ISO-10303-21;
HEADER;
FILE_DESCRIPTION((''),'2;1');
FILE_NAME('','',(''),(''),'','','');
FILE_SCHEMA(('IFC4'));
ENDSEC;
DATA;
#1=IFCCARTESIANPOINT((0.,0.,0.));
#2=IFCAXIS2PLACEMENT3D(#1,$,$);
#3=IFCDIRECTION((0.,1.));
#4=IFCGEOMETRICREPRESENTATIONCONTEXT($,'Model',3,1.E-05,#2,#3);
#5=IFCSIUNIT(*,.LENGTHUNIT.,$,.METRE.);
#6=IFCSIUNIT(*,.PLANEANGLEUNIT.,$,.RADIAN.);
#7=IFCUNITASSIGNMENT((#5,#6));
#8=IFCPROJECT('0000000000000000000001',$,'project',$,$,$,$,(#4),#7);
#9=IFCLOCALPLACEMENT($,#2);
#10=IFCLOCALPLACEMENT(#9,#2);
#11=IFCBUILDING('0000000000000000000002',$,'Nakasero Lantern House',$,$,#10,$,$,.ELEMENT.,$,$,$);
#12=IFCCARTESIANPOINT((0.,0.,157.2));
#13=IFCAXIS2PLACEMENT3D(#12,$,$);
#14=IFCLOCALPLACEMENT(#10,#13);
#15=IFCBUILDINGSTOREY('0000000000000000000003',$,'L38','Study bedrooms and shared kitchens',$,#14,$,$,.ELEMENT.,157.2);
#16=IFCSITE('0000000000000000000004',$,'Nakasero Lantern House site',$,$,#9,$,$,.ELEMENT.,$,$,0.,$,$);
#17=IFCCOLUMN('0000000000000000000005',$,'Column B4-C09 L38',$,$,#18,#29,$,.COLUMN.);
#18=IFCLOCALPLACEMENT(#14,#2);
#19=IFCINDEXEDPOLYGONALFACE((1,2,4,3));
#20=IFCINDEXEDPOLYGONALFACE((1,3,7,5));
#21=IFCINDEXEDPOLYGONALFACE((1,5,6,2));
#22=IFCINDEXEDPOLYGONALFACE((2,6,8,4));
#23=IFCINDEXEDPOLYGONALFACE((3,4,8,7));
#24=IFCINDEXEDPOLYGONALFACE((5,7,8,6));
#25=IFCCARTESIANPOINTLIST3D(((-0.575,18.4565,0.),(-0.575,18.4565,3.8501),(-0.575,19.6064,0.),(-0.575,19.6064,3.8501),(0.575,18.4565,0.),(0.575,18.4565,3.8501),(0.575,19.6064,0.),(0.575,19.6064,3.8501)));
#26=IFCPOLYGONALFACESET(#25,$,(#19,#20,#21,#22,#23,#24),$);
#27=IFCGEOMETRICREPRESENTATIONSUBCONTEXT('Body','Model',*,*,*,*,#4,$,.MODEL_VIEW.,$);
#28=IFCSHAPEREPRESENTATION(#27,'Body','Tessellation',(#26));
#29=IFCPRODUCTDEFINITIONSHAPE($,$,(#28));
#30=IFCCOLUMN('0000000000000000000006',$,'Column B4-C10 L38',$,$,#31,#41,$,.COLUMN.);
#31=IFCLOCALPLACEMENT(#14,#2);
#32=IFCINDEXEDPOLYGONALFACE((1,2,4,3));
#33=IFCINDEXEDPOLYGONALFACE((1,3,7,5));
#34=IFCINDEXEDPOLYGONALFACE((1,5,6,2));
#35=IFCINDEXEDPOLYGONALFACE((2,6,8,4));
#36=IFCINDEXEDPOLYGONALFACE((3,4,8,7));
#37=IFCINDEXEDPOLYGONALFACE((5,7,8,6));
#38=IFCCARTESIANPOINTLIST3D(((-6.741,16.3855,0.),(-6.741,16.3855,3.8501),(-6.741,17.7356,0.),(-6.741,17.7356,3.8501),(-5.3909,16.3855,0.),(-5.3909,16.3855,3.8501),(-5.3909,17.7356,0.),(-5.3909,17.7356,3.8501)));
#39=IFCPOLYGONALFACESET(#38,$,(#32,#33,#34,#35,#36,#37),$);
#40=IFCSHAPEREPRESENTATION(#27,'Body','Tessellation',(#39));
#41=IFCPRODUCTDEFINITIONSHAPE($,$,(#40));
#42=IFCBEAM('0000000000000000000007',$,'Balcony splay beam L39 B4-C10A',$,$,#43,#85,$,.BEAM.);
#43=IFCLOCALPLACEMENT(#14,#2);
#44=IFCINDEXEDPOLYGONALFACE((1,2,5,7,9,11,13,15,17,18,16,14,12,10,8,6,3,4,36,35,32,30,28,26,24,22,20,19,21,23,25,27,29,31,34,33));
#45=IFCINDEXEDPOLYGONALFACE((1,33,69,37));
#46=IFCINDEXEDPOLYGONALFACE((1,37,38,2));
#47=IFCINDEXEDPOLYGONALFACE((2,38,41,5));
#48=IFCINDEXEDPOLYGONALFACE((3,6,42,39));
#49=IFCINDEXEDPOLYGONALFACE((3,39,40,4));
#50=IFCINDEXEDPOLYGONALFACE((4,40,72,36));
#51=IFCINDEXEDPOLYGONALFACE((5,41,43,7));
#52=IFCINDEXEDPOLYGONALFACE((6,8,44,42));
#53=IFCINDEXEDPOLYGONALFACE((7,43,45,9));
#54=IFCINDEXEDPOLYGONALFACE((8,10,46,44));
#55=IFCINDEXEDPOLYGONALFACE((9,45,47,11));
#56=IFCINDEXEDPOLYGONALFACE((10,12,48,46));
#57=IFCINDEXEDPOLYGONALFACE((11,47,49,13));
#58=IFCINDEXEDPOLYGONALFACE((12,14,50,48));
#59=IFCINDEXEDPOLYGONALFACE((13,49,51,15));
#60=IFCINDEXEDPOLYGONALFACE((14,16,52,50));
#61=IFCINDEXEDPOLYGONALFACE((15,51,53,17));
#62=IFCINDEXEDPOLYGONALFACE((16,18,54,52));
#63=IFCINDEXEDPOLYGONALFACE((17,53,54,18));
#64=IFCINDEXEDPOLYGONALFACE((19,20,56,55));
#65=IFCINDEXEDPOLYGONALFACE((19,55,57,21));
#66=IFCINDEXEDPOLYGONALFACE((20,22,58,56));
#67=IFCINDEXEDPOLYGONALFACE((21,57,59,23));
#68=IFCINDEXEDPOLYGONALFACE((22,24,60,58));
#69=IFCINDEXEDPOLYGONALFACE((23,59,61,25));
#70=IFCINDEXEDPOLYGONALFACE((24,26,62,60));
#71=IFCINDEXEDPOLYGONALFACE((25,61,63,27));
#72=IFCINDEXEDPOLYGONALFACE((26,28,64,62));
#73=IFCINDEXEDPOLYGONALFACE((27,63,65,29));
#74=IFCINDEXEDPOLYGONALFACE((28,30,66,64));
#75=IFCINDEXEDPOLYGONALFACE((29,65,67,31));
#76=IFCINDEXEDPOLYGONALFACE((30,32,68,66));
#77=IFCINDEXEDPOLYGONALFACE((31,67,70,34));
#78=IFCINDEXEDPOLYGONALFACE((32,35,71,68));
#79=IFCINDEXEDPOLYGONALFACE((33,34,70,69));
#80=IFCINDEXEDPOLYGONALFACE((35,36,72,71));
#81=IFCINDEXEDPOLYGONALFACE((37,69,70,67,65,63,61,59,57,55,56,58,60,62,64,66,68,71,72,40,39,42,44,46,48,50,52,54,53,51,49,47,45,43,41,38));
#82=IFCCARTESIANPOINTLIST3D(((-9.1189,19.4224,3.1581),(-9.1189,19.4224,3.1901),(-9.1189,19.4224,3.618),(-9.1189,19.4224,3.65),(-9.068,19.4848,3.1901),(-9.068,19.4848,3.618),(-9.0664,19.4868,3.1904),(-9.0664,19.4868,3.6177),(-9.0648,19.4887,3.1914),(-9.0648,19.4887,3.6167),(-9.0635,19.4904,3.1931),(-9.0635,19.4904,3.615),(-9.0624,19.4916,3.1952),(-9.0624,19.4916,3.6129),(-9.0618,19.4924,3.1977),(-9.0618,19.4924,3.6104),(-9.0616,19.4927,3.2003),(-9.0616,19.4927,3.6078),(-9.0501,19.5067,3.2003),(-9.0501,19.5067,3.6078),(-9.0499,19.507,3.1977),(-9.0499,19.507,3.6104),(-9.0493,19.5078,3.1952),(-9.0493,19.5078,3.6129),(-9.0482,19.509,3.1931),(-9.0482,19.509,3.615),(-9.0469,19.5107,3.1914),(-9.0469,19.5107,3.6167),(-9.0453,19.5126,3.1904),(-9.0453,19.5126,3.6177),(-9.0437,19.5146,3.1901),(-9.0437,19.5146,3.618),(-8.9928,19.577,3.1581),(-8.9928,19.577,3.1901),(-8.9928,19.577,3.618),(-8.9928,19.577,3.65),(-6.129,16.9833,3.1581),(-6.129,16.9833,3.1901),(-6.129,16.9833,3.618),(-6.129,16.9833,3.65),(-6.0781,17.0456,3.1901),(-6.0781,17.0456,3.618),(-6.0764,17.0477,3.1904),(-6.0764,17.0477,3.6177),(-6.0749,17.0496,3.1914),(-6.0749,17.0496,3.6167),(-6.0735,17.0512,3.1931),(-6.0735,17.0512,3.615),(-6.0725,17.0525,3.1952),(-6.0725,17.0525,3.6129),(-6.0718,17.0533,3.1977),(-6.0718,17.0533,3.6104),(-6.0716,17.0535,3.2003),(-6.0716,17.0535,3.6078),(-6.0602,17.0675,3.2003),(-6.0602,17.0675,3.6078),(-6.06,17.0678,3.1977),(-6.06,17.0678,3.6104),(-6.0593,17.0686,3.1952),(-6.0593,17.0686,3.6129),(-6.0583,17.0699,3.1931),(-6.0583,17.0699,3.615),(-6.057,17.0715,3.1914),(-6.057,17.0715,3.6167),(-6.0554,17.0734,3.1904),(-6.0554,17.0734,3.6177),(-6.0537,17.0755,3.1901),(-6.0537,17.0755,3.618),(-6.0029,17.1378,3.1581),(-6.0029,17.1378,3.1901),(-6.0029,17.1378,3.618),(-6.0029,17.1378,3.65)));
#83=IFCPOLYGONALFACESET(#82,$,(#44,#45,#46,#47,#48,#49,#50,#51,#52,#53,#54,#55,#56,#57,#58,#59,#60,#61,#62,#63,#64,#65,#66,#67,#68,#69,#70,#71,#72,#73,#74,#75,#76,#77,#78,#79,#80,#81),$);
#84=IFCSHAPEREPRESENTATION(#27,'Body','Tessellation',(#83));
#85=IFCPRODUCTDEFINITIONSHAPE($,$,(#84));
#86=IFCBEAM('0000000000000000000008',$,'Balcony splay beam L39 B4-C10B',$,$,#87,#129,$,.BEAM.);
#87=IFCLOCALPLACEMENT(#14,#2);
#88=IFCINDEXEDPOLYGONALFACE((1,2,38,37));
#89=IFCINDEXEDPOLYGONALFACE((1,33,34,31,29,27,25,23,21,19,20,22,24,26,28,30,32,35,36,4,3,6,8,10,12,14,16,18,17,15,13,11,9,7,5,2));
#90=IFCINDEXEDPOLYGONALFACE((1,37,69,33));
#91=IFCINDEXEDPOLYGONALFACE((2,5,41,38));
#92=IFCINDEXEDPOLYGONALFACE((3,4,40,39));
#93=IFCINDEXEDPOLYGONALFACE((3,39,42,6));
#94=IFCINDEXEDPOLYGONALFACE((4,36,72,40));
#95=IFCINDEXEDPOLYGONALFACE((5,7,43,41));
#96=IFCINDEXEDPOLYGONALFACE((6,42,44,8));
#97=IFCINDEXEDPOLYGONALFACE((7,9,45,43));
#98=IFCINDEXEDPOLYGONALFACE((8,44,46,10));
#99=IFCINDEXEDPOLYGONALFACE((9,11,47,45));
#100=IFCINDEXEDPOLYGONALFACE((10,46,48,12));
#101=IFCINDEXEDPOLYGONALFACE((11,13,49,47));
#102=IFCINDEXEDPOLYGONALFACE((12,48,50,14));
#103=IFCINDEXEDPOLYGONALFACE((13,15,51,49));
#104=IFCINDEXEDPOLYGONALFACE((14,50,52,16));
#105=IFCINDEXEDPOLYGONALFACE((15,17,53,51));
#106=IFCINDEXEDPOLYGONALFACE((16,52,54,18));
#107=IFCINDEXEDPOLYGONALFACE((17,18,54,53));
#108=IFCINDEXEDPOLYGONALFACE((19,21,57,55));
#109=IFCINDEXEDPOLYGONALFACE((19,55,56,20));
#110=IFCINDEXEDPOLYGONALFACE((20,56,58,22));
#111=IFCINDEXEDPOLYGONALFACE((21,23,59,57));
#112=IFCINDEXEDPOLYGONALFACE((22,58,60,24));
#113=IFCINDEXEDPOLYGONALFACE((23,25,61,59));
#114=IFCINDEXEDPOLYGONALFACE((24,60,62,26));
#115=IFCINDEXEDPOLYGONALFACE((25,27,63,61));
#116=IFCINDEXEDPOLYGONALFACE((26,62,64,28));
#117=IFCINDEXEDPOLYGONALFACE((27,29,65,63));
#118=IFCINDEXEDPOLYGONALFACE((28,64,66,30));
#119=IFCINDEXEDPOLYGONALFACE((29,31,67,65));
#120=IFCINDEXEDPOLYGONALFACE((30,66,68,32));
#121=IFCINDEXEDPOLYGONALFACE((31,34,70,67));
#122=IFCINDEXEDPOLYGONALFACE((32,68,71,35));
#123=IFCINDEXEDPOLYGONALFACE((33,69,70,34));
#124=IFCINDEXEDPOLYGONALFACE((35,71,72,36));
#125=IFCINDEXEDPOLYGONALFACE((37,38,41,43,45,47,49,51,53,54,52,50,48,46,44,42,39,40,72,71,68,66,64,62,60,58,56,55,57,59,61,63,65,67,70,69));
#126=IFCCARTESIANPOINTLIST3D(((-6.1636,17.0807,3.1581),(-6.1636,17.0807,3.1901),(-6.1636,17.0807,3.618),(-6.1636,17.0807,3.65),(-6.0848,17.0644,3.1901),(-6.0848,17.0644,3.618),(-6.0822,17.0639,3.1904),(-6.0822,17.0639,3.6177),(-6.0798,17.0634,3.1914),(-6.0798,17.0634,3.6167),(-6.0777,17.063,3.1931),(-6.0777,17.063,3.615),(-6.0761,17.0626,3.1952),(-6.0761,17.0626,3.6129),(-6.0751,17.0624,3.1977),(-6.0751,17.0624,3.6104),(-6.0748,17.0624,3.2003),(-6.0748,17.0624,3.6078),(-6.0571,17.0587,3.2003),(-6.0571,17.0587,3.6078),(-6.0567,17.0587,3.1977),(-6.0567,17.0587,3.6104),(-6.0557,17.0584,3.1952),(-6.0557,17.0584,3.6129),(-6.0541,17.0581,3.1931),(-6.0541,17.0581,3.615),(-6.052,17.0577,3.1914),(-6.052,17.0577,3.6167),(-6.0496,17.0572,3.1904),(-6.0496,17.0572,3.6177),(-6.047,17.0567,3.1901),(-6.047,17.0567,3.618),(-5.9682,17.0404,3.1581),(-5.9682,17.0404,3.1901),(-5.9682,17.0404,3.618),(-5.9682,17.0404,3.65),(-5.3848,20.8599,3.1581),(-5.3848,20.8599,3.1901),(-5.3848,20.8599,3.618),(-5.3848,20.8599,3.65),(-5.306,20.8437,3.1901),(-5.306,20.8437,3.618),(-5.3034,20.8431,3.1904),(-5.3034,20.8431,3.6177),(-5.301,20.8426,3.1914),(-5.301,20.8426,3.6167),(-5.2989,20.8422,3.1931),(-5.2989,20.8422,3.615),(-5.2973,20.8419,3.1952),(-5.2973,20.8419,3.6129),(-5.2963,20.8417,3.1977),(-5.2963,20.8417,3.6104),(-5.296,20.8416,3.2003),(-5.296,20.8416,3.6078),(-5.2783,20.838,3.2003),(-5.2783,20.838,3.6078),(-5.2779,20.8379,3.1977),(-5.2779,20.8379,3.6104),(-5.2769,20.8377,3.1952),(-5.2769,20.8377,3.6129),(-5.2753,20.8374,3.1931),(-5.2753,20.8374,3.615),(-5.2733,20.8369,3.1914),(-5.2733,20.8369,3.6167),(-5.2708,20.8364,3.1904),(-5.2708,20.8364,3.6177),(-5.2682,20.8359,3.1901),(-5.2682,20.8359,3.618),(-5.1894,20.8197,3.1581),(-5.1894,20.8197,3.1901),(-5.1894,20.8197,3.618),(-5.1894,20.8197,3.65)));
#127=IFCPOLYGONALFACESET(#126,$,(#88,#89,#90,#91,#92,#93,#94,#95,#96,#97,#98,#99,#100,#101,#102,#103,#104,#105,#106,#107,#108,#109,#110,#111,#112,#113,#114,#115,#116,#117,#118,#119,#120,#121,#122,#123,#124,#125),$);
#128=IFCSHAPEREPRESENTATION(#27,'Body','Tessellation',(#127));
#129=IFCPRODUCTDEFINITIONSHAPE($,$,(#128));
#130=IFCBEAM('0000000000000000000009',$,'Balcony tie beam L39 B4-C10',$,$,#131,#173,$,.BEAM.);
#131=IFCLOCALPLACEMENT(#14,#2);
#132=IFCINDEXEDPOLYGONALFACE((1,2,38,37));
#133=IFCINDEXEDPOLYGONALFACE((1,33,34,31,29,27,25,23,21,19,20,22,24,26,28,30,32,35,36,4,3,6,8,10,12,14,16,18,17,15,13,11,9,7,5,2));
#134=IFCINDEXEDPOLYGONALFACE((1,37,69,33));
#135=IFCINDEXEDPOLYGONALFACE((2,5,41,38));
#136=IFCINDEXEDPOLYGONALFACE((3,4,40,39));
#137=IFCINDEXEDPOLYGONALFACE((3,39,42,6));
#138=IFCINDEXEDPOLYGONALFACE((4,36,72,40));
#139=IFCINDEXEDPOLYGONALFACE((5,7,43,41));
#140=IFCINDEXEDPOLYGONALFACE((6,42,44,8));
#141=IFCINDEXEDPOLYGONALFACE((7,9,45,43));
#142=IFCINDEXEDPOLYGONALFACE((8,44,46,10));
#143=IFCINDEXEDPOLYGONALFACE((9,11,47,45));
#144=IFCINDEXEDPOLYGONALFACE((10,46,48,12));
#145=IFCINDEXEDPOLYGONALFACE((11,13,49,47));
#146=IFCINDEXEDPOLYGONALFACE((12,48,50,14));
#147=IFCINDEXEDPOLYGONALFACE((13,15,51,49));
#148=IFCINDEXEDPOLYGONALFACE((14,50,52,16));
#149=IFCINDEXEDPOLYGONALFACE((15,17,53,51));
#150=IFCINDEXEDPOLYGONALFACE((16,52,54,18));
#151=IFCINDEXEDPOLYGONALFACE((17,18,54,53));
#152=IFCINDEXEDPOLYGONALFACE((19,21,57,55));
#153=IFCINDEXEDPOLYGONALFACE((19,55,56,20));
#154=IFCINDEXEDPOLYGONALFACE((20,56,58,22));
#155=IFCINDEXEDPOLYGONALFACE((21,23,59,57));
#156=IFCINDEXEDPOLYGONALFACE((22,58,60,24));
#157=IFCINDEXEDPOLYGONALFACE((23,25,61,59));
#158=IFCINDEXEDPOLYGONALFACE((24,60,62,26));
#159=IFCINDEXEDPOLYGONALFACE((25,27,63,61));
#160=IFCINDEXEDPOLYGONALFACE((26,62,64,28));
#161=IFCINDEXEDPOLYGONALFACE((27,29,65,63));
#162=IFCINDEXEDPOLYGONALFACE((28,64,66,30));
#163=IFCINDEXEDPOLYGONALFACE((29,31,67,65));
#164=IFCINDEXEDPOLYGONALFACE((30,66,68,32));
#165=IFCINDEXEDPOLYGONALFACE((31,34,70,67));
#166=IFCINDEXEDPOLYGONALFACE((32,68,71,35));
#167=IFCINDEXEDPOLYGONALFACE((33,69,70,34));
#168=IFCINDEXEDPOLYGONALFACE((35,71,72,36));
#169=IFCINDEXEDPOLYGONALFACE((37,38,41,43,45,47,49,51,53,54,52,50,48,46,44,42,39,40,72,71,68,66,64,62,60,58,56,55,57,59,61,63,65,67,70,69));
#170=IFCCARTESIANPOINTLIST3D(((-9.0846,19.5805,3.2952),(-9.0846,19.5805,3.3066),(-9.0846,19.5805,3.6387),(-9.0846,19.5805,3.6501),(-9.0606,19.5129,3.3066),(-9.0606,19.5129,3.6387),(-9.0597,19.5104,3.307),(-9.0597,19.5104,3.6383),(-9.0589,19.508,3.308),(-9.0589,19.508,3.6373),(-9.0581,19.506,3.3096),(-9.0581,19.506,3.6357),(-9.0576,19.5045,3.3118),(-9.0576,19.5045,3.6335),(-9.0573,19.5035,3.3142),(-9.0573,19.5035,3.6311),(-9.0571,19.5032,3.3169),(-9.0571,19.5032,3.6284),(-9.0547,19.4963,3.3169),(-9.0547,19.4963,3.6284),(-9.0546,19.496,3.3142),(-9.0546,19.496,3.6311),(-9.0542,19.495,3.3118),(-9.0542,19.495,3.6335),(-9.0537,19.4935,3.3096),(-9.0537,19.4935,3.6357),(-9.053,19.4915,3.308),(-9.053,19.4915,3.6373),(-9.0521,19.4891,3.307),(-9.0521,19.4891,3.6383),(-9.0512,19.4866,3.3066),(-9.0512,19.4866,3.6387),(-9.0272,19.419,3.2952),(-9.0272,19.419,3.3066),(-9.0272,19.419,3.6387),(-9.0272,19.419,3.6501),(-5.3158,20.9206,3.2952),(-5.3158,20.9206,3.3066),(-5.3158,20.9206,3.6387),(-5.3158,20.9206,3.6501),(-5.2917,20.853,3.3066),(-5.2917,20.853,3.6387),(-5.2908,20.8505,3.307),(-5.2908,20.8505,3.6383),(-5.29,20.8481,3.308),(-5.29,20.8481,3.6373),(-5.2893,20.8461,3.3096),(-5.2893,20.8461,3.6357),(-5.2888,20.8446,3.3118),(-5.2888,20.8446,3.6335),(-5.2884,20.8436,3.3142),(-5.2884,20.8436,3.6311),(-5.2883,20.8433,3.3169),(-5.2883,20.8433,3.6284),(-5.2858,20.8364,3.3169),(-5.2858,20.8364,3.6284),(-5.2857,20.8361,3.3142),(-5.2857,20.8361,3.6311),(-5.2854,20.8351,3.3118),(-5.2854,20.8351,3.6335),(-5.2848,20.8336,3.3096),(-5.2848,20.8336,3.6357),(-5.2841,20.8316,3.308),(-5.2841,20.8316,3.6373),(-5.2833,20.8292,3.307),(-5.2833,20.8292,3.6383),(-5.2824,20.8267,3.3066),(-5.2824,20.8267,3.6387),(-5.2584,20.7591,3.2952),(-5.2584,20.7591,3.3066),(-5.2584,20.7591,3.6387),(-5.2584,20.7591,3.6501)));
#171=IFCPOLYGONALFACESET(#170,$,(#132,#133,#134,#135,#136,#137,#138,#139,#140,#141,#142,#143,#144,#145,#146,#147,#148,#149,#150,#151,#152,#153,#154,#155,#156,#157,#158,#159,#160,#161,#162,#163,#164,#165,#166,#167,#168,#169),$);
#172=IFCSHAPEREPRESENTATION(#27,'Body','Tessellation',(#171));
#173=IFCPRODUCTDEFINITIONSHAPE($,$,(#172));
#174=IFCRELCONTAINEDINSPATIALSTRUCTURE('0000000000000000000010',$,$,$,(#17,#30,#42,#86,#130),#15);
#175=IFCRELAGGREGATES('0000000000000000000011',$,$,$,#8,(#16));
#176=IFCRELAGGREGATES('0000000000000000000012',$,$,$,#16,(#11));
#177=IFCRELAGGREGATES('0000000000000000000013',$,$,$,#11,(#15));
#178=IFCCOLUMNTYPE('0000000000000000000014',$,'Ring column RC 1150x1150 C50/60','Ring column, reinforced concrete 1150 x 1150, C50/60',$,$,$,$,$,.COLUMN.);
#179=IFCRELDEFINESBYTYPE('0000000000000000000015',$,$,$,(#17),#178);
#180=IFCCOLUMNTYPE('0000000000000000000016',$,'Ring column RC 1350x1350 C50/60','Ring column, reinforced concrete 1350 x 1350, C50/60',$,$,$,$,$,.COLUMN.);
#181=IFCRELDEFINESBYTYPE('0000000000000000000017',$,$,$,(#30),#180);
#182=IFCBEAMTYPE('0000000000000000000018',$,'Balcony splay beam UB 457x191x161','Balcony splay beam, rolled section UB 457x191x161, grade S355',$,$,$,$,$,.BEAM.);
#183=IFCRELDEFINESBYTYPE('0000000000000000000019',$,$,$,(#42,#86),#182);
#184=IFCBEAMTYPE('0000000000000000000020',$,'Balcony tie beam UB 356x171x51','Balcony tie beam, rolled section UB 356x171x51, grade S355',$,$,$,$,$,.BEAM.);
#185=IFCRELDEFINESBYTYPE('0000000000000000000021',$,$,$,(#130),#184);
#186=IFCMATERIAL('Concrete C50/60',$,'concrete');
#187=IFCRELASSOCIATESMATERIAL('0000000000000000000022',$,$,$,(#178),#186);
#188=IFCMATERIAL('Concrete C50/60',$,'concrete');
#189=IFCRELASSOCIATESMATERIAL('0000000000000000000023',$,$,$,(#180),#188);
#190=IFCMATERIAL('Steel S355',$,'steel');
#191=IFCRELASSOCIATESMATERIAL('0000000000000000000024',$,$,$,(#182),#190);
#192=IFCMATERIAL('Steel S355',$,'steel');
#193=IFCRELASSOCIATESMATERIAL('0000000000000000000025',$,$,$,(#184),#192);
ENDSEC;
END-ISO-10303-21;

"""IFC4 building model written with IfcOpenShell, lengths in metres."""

from ifc_helpers import new_model, si_unit, direction, frame, origin, origin_2d, place, context, subcontext, project, spatial, rectangle, i_section, extrude, material, material_profile, profile_set, type_object, element, save


model = new_model("IFC4")

# Units and contexts
model_context = context("Model", 3, precision=1e-05, world=origin(), true_north=direction((0.0, 1.0)))
body_context = subcontext(model_context, "Body", "Model", "MODEL_VIEW")
ifc_project = project(units=[si_unit("LENGTHUNIT", "METRE"), si_unit("PLANEANGLEUNIT", "RADIAN")], contexts=[model_context])

# Site, building, storey
site_placement = place(None, origin())
site = spatial("IfcSite", under=ifc_project, at=site_placement, Name="Nakasero Lantern House site", CompositionType="ELEMENT", RefElevation=0.0)
building_placement = place(site_placement, origin())
building = spatial("IfcBuilding", under=site, at=building_placement, Name="Nakasero Lantern House", CompositionType="ELEMENT")
storey_placement = place(building_placement, frame((0.0, 0.0, 157.2)))
storey = spatial("IfcBuildingStorey", under=building, at=storey_placement, Name="L38", Description="Study bedrooms and shared kitchens", CompositionType="ELEMENT", Elevation=157.2)

# Columns
ifc_material_1 = material(Name="Concrete C50/60", Category="concrete")
ifc_material_profile_1 = material_profile(ifc_material_1, rectangle(XDim=1.1499, YDim=1.1499, at=origin_2d()), Name="RC 1150x1150")
ifc_profile_set_1 = profile_set([ifc_material_profile_1], Name="Concrete C50/60")
column_type_1 = type_object("IfcColumnType", Name="Ring column RC 1150x1150 C50/60", Description="Ring column, reinforced concrete 1150 x 1150, C50/60", PredefinedType="COLUMN", material=ifc_profile_set_1)
column_1_placement = place(storey_placement, frame((0.0, 19.0315, 0.0), z_axis=(0.0, 0.0, 1.0), x_axis=(1.0, 0.0, 0.0)))
element("IfcColumn", 1, at=column_1_placement, inside=storey, type_object=column_type_1, Name="Column B4-C09 L38", PredefinedType="COLUMN", context=body_context, shape_type="SweptSolid", body=[
    extrude(rectangle(XDim=1.1499, YDim=1.1499, at=origin_2d()), origin(), (0.0, 0.0, 1.0), 3.8501),
])
ifc_material_2 = material(Name="Concrete C50/60", Category="concrete")
ifc_material_profile_2 = material_profile(ifc_material_2, rectangle(XDim=1.3501, YDim=1.3501, at=origin_2d()), Name="RC 1350x1350")
ifc_profile_set_2 = profile_set([ifc_material_profile_2], Name="Concrete C50/60")
column_type_2 = type_object("IfcColumnType", Name="Ring column RC 1350x1350 C50/60", Description="Ring column, reinforced concrete 1350 x 1350, C50/60", PredefinedType="COLUMN", material=ifc_profile_set_2)
column_2_placement = place(storey_placement, frame((-6.0659, 17.0605, 0.0), z_axis=(0.0, 0.0, 1.0), x_axis=(1.0, 0.0, 0.0)))
element("IfcColumn", 2, at=column_2_placement, inside=storey, type_object=column_type_2, Name="Column B4-C10 L38", PredefinedType="COLUMN", context=body_context, shape_type="SweptSolid", body=[
    extrude(rectangle(XDim=1.3501, YDim=1.3501, at=origin_2d()), origin(), (0.0, 0.0, 1.0), 3.8501),
])

# Beams
ifc_material_3 = material(Name="Steel S355", Category="steel")
ifc_material_profile_3 = material_profile(ifc_material_3, i_section(OverallWidth=0.1995, OverallDepth=0.4919, WebThickness=0.0181, FlangeThickness=0.032, FilletRadius=0.0103, at=origin_2d()), Name="UB 457x191x161")
ifc_profile_set_3 = profile_set([ifc_material_profile_3], Name="Steel S355")
beam_type_1 = type_object("IfcBeamType", Name="Balcony splay beam UB 457x191x161", Description="Balcony splay beam, rolled section UB 457x191x161, grade S355", PredefinedType="BEAM", material=ifc_profile_set_3)
for number, where, z_axis, x_axis, name in (
    (3, (-6.0659, 17.0605, 3.4041), (-0.774864, 0.632128, 0.0), (-0.632128, -0.774864, 0.0), "Balcony splay beam L39 B4-C10A"),
    (4, (-6.0659, 17.0605, 3.4041), (0.201831, 0.97942, 0.0), (-0.97942, 0.201831, 0.0), "Balcony splay beam L39 B4-C10B"),
):
    element("IfcBeam", number, at=place(storey_placement, frame(where, z_axis=z_axis, x_axis=x_axis)), inside=storey, type_object=beam_type_1, Name=name, PredefinedType="BEAM", context=body_context, shape_type="SweptSolid", body=[
        extrude(i_section(OverallWidth=0.1995, OverallDepth=0.4919, WebThickness=0.0181, FlangeThickness=0.032, FilletRadius=0.0103, at=origin_2d()), origin(), (0.0, 0.0, 1.0), 3.8586),
    ])
ifc_material_4 = material(Name="Steel S355", Category="steel")
ifc_material_profile_4 = material_profile(ifc_material_4, i_section(OverallWidth=0.1714, OverallDepth=0.355, WebThickness=0.0073, FlangeThickness=0.0115, FilletRadius=0.0103, at=origin_2d()), Name="UB 356x171x51")
ifc_profile_set_4 = profile_set([ifc_material_profile_4], Name="Steel S355")
beam_type_2 = type_object("IfcBeamType", Name="Balcony tie beam UB 356x171x51", Description="Balcony tie beam, rolled section UB 356x171x51, grade S355", PredefinedType="BEAM", material=ifc_profile_set_4)
beam_1_placement = place(storey_placement, frame((-9.0559, 19.4998, 3.4727), z_axis=(0.942209, 0.335025, 0.0), x_axis=(-0.335025, 0.942209, 0.0)))
element("IfcBeam", 5, at=beam_1_placement, inside=storey, type_object=beam_type_2, Name="Balcony tie beam L39 B4-C10", PredefinedType="BEAM", context=body_context, shape_type="SweptSolid", body=[
    extrude(i_section(OverallWidth=0.1714, OverallDepth=0.355, WebThickness=0.0073, FlangeThickness=0.0115, FilletRadius=0.0103, at=origin_2d()), origin(), (0.0, 0.0, 1.0), 4.0),
])

save(model, "model.ifc")
